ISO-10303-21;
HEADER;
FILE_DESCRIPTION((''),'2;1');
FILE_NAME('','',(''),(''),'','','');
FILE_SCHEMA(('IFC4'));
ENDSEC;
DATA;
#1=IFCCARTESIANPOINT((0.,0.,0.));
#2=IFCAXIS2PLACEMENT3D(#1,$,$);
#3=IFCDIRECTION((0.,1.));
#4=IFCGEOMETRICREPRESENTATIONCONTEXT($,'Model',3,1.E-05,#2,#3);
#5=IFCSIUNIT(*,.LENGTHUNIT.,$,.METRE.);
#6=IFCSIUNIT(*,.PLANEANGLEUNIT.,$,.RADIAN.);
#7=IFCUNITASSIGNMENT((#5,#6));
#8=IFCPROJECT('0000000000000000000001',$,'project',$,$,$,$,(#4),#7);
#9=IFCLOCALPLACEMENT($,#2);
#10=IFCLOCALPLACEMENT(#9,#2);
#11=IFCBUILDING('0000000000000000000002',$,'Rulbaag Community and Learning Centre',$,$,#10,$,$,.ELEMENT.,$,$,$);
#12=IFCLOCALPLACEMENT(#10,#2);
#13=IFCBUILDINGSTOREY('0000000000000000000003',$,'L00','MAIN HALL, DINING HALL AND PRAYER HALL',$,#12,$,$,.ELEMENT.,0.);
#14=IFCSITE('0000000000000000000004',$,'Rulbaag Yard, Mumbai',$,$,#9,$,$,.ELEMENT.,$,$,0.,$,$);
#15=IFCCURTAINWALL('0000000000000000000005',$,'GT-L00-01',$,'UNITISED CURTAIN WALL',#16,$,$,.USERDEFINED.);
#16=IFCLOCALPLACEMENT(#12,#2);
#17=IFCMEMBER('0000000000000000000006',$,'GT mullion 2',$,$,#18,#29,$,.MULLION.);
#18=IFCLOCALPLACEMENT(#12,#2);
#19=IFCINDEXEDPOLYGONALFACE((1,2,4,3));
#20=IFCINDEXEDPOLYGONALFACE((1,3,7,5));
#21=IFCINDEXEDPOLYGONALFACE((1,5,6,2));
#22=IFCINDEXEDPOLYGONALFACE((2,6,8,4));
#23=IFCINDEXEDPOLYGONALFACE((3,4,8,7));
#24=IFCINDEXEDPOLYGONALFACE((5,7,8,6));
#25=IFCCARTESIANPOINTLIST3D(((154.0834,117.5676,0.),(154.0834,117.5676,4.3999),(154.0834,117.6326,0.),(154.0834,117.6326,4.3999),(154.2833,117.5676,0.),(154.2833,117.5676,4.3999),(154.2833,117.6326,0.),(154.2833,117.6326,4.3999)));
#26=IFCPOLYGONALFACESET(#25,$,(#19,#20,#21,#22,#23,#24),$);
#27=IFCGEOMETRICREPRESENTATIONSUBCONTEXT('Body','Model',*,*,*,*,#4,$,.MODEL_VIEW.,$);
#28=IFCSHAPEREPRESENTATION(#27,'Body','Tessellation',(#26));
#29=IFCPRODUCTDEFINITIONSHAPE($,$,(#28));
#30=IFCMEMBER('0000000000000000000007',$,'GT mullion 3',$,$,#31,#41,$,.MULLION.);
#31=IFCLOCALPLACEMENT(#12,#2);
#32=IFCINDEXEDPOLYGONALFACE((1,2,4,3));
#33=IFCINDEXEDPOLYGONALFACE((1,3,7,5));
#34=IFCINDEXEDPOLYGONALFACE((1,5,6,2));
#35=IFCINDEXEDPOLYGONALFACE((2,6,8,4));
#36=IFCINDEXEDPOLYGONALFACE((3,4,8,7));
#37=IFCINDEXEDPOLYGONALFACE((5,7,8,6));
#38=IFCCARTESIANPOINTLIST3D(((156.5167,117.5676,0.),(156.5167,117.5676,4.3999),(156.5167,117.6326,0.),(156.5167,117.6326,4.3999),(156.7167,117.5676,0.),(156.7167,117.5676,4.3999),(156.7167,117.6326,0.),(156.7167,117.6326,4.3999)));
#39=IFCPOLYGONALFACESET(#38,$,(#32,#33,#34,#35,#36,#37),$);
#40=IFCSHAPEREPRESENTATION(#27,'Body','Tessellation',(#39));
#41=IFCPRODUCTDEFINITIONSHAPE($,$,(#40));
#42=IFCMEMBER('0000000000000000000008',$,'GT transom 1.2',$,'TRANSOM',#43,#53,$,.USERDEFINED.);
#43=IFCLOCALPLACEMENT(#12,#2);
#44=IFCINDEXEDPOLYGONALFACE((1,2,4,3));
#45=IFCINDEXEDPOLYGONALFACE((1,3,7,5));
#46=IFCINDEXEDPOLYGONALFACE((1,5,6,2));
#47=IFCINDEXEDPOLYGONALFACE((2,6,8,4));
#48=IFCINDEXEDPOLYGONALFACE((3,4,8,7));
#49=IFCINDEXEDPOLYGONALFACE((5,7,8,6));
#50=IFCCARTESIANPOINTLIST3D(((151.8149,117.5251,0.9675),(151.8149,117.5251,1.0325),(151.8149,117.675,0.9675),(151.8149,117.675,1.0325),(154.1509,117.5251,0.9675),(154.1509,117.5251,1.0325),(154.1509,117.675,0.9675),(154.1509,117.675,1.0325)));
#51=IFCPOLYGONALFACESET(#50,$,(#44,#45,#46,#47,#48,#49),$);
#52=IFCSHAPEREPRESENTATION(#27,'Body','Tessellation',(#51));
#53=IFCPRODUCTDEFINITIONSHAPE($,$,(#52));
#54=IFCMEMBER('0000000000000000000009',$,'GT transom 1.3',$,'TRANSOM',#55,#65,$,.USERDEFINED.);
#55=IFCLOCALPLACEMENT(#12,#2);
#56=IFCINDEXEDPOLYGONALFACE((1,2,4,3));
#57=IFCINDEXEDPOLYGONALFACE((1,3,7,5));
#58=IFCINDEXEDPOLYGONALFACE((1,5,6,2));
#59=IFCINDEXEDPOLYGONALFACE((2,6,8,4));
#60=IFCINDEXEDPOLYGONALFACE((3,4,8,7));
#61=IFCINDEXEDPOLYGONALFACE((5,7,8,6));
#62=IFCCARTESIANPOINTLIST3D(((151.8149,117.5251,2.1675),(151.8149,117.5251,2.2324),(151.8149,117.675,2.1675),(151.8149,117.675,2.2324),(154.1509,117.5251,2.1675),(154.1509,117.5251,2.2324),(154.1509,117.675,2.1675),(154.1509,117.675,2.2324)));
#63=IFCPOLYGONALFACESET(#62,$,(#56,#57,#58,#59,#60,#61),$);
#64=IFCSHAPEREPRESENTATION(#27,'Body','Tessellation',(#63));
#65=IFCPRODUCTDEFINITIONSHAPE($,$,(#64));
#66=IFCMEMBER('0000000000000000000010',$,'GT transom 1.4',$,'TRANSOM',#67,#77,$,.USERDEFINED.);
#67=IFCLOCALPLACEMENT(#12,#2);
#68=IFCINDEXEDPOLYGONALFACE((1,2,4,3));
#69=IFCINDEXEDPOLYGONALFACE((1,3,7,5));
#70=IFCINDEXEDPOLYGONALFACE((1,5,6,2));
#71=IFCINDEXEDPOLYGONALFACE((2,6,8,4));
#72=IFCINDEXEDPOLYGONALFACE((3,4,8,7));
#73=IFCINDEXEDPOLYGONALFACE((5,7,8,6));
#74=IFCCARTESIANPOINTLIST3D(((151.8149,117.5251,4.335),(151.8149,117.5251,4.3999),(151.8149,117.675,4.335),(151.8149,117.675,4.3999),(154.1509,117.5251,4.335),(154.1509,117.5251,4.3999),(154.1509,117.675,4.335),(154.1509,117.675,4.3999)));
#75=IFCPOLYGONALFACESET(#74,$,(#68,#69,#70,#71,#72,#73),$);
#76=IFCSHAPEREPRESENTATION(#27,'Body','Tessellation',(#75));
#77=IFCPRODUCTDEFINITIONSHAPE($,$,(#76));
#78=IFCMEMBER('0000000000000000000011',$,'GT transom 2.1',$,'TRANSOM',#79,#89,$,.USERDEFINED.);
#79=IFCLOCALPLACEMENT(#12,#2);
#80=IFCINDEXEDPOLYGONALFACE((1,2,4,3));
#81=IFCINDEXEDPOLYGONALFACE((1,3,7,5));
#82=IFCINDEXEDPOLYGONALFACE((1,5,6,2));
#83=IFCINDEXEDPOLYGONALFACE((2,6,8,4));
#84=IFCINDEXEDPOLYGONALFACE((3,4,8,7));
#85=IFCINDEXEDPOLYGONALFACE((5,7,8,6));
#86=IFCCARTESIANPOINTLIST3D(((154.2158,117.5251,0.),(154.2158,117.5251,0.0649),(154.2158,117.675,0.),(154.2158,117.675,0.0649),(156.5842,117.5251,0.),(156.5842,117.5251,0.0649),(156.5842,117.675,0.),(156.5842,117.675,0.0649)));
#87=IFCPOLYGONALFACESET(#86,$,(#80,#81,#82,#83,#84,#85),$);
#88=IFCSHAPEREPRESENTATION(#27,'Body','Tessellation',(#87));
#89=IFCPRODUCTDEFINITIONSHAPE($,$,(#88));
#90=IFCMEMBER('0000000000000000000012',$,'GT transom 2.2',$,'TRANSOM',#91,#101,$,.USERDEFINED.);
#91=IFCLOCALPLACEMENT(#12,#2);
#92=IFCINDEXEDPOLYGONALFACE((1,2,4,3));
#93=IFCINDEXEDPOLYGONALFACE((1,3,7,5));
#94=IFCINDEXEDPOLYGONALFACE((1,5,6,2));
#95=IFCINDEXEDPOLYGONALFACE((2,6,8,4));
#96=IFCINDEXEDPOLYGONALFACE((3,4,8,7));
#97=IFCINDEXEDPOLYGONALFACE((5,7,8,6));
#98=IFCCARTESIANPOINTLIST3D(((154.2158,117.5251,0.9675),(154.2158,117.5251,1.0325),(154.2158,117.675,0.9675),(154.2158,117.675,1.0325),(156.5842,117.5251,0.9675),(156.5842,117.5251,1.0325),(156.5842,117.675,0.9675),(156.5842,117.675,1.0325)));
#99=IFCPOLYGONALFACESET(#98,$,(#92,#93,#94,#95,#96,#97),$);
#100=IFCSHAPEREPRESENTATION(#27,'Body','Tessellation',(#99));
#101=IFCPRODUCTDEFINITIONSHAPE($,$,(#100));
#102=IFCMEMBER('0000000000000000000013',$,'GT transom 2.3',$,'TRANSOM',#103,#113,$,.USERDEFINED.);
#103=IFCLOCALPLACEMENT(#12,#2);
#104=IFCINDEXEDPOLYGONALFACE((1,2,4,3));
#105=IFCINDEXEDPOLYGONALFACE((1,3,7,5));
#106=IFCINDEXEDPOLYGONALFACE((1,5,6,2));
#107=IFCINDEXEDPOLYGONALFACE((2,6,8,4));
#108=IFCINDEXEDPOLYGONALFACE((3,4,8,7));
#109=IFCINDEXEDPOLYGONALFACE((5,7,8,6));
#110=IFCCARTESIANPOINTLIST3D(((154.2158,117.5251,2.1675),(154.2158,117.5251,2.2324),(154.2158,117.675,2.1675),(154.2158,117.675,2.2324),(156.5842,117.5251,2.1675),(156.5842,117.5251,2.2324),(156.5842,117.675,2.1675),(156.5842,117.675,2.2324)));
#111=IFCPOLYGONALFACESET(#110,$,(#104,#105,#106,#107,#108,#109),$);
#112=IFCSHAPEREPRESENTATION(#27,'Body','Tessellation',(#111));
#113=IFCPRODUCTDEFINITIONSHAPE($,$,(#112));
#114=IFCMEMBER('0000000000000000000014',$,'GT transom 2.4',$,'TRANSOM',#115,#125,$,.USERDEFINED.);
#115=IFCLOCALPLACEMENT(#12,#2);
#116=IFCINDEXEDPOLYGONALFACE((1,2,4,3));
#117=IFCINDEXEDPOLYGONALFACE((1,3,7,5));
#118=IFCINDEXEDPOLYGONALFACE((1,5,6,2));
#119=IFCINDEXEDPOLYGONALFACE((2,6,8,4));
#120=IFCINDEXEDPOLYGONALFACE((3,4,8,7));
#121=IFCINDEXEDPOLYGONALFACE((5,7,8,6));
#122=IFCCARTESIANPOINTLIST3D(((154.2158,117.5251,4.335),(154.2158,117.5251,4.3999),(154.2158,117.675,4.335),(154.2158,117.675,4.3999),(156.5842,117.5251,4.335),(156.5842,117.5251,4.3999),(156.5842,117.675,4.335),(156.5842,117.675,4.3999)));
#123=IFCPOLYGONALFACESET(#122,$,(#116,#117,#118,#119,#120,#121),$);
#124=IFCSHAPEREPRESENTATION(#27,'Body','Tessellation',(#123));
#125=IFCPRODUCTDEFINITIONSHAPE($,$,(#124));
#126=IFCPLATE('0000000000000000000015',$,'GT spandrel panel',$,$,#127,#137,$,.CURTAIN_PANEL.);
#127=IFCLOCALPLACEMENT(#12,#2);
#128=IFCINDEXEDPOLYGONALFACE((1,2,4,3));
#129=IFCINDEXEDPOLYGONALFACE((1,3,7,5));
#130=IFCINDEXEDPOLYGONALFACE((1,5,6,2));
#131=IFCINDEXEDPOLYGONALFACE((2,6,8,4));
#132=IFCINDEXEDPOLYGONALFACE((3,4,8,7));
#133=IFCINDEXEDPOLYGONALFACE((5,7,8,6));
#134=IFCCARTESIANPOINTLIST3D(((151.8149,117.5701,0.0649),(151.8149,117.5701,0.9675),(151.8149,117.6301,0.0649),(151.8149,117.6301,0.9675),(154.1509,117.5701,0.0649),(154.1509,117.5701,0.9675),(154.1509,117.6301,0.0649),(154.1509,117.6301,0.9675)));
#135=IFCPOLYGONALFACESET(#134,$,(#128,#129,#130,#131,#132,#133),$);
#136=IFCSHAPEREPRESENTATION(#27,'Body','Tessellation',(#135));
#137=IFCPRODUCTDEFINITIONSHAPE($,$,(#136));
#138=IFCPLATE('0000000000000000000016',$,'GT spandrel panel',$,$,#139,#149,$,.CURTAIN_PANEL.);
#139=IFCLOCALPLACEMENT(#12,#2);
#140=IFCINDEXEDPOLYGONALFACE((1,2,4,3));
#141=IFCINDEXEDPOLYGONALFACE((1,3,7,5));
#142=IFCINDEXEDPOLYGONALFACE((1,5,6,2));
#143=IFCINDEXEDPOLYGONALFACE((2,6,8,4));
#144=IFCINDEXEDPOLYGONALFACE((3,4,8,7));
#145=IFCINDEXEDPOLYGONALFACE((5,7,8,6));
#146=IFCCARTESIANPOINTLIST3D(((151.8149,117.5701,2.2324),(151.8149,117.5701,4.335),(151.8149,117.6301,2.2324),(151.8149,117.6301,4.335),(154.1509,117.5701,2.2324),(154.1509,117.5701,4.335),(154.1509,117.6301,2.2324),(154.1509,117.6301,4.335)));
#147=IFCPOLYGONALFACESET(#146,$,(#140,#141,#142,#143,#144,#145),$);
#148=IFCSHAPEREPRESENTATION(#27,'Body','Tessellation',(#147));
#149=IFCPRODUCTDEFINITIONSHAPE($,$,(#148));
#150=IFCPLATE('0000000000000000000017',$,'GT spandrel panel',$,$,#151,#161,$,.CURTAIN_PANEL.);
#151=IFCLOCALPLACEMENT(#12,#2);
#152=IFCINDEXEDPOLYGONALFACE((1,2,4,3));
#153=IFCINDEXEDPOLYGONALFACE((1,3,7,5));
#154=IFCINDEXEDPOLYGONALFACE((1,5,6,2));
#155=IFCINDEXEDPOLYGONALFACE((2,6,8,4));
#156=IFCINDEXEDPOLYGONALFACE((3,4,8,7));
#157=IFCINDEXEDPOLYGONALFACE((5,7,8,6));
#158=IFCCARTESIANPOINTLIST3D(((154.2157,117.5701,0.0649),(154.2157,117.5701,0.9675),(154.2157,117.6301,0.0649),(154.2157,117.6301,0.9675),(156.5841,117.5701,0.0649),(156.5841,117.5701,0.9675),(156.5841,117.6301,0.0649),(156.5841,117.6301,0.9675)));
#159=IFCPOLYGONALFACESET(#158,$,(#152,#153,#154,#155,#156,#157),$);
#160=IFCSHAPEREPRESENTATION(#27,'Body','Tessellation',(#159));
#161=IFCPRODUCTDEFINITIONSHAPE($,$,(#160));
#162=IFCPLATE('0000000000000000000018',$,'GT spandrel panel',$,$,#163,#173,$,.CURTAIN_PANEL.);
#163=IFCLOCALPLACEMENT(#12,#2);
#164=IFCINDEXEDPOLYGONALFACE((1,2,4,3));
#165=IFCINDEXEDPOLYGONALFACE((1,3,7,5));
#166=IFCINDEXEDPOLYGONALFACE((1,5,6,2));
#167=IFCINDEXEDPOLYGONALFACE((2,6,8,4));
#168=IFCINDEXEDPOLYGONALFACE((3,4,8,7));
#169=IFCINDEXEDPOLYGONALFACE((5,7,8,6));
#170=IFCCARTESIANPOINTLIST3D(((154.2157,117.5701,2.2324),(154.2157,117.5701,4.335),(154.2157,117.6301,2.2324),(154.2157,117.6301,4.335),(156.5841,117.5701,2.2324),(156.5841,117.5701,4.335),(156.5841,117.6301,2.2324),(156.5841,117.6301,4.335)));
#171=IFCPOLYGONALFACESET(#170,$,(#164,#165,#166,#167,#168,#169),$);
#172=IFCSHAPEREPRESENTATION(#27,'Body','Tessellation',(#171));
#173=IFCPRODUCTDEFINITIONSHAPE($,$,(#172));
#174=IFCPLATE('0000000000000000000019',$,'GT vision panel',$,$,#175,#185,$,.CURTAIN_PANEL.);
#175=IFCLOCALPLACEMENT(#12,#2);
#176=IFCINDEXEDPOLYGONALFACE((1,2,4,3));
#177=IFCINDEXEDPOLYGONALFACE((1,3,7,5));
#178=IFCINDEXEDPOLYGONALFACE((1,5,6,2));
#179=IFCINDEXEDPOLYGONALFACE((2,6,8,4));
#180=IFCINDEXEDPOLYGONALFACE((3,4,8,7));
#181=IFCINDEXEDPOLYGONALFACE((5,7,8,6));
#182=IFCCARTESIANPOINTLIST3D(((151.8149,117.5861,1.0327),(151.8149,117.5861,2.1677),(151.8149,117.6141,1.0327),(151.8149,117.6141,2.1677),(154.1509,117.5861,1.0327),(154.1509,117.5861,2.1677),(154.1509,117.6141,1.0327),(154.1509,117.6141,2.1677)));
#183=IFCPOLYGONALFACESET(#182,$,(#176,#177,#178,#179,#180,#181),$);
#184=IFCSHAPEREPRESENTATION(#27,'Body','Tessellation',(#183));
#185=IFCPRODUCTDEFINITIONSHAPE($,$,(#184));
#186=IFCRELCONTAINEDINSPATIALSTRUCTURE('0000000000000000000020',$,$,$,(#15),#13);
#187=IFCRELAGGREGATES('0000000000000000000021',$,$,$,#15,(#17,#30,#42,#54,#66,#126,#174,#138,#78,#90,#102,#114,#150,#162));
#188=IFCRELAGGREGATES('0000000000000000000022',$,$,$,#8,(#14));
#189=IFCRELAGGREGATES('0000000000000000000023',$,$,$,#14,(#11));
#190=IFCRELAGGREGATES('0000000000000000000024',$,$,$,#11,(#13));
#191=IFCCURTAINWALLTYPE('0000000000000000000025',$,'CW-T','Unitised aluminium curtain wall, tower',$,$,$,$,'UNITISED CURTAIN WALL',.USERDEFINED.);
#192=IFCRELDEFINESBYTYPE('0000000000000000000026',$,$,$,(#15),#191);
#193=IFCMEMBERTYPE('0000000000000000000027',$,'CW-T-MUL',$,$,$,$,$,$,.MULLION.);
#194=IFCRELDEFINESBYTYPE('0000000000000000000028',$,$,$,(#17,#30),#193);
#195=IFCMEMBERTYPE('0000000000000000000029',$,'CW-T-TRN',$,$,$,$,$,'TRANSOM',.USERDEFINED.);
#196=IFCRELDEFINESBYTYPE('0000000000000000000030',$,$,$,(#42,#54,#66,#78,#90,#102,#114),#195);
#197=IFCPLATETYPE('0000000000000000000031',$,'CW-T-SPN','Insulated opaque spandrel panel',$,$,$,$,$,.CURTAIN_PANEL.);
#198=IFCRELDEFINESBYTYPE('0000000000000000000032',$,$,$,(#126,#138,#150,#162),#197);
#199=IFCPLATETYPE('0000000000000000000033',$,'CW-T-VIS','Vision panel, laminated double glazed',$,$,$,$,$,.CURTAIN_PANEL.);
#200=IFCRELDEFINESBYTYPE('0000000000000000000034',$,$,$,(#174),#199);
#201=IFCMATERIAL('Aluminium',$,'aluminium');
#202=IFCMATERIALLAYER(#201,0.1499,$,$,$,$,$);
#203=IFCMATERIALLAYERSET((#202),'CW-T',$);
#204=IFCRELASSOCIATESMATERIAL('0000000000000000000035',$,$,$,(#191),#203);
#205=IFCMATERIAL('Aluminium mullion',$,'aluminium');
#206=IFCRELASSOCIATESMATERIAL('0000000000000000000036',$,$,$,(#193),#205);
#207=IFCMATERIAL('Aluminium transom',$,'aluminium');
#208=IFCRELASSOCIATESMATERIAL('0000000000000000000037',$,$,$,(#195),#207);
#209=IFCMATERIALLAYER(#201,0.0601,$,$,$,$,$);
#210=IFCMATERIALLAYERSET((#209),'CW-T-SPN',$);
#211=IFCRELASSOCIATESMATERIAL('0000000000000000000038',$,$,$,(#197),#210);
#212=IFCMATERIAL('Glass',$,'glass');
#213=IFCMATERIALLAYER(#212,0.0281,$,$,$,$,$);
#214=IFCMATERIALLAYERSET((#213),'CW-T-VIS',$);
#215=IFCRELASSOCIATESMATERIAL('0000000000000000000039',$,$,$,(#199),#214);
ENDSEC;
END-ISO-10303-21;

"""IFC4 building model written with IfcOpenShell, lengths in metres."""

from ifc_helpers import new_model, si_unit, direction, frame, origin, origin_2d, place, context, subcontext, project, spatial, rectangle, extrude, material, layer, layer_set, material_profile, profile_set, type_object, element, aggregate, save


model = new_model("IFC4")

# Units and contexts
model_context = context("Model", 3, precision=1e-05, world=origin(), true_north=direction((0.0, 1.0)))
body_context = subcontext(model_context, "Body", "Model", "MODEL_VIEW")
ifc_project = project(units=[si_unit("LENGTHUNIT", "METRE"), si_unit("PLANEANGLEUNIT", "RADIAN")], contexts=[model_context])

# Site, building, storey
site_placement = place(None, origin())
site = spatial("IfcSite", under=ifc_project, at=site_placement, Name="Rulbaag Yard, Mumbai", CompositionType="ELEMENT", RefElevation=0.0)
building_placement = place(site_placement, origin())
building = spatial("IfcBuilding", under=site, at=building_placement, Name="Rulbaag Community and Learning Centre", CompositionType="ELEMENT")
storey_placement = place(building_placement, origin())
storey = spatial("IfcBuildingStorey", under=building, at=storey_placement, Name="L00", Description="MAIN HALL, DINING HALL AND PRAYER HALL", CompositionType="ELEMENT", Elevation=0.0)

# Curtain wall, members, plates
ifc_material_1 = material(Name="Aluminium", Category="aluminium")
ifc_layer_1 = layer(ifc_material_1, 0.1499)
ifc_layer_set_1 = layer_set([ifc_layer_1], Name="CW-T")
curtain_wall_type = type_object("IfcCurtainWallType", Name="CW-T", Description="Unitised aluminium curtain wall, tower", ElementType="UNITISED CURTAIN WALL", PredefinedType="USERDEFINED", material=ifc_layer_set_1)
curtain_wall_placement = place(storey_placement, origin())
curtain_wall = element("IfcCurtainWall", 1, at=curtain_wall_placement, inside=storey, type_object=curtain_wall_type, Name="GT-L00-01", ObjectType="UNITISED CURTAIN WALL", PredefinedType="USERDEFINED")
ifc_material_2 = material(Name="Aluminium mullion", Category="aluminium")
ifc_material_profile_1 = material_profile(ifc_material_2, rectangle(XDim=0.0649, YDim=0.2, at=origin_2d()), Name="AL 65x200")
ifc_profile_set_1 = profile_set([ifc_material_profile_1], Name="Aluminium mullion")
member_type_1 = type_object("IfcMemberType", Name="CW-T-MUL", PredefinedType="MULLION", material=ifc_profile_set_1)
member_1_placement = place(storey_placement, frame((154.1833, 117.6001, 0.0), z_axis=(0.0, 0.0, 1.0), x_axis=(0.0, 1.0, 0.0)))
member_1 = element("IfcMember", 2, at=member_1_placement, type_object=member_type_1, Name="GT mullion 2", PredefinedType="MULLION", context=body_context, shape_type="SweptSolid", body=[
    extrude(rectangle(XDim=0.0649, YDim=0.2, at=origin_2d()), origin(), (0.0, 0.0, 1.0), 4.3999),
])
member_2_placement = place(storey_placement, frame((156.6167, 117.6001, 0.0), z_axis=(0.0, 0.0, 1.0), x_axis=(0.0, 1.0, 0.0)))
member_2 = element("IfcMember", 3, at=member_2_placement, type_object=member_type_1, Name="GT mullion 3", PredefinedType="MULLION", context=body_context, shape_type="SweptSolid", body=[
    extrude(rectangle(XDim=0.0649, YDim=0.2, at=origin_2d()), origin(), (0.0, 0.0, 1.0), 4.3999),
])
ifc_material_3 = material(Name="Aluminium transom", Category="aluminium")
ifc_material_profile_2 = material_profile(ifc_material_3, rectangle(XDim=0.1499, YDim=0.0649, at=origin_2d()), Name="AL 65x150 T")
ifc_profile_set_2 = profile_set([ifc_material_profile_2], Name="Aluminium transom")
member_type_2 = type_object("IfcMemberType", Name="CW-T-TRN", ElementType="TRANSOM", PredefinedType="USERDEFINED", material=ifc_profile_set_2)
member_3_placement = place(storey_placement, frame((151.8149, 117.6001, 1.0), z_axis=(1.0, 0.0, 0.0), x_axis=(0.0, 1.0, 0.0)))
member_3 = element("IfcMember", 4, at=member_3_placement, type_object=member_type_2, Name="GT transom 1.2", ObjectType="TRANSOM", PredefinedType="USERDEFINED", context=body_context, shape_type="SweptSolid", body=[
    extrude(rectangle(XDim=0.1499, YDim=0.0649, at=origin_2d()), origin(), (0.0, 0.0, 1.0), 2.3359),
])
member_4_placement = place(storey_placement, frame((151.8149, 117.6001, 2.2), z_axis=(1.0, 0.0, 0.0), x_axis=(0.0, 1.0, 0.0)))
member_4 = element("IfcMember", 5, at=member_4_placement, type_object=member_type_2, Name="GT transom 1.3", ObjectType="TRANSOM", PredefinedType="USERDEFINED", context=body_context, shape_type="SweptSolid", body=[
    extrude(rectangle(XDim=0.1499, YDim=0.0649, at=origin_2d()), origin(), (0.0, 0.0, 1.0), 2.3359),
])
member_5_placement = place(storey_placement, frame((151.8149, 117.6001, 4.3674), z_axis=(1.0, 0.0, 0.0), x_axis=(0.0, 1.0, 0.0)))
member_5 = element("IfcMember", 6, at=member_5_placement, type_object=member_type_2, Name="GT transom 1.4", ObjectType="TRANSOM", PredefinedType="USERDEFINED", context=body_context, shape_type="SweptSolid", body=[
    extrude(rectangle(XDim=0.1499, YDim=0.0649, at=origin_2d()), origin(), (0.0, 0.0, 1.0), 2.3359),
])
member_6_placement = place(storey_placement, frame((154.2158, 117.6001, 0.0325), z_axis=(1.0, 0.0, 0.0), x_axis=(0.0, 1.0, 0.0)))
member_6 = element("IfcMember", 7, at=member_6_placement, type_object=member_type_2, Name="GT transom 2.1", ObjectType="TRANSOM", PredefinedType="USERDEFINED", context=body_context, shape_type="SweptSolid", body=[
    extrude(rectangle(XDim=0.1499, YDim=0.0649, at=origin_2d()), origin(), (0.0, 0.0, 1.0), 2.3684),
])
member_7_placement = place(storey_placement, frame((154.2158, 117.6001, 1.0), z_axis=(1.0, 0.0, 0.0), x_axis=(0.0, 1.0, 0.0)))
member_7 = element("IfcMember", 8, at=member_7_placement, type_object=member_type_2, Name="GT transom 2.2", ObjectType="TRANSOM", PredefinedType="USERDEFINED", context=body_context, shape_type="SweptSolid", body=[
    extrude(rectangle(XDim=0.1499, YDim=0.0649, at=origin_2d()), origin(), (0.0, 0.0, 1.0), 2.3684),
])
member_8_placement = place(storey_placement, frame((154.2158, 117.6001, 2.2), z_axis=(1.0, 0.0, 0.0), x_axis=(0.0, 1.0, 0.0)))
member_8 = element("IfcMember", 9, at=member_8_placement, type_object=member_type_2, Name="GT transom 2.3", ObjectType="TRANSOM", PredefinedType="USERDEFINED", context=body_context, shape_type="SweptSolid", body=[
    extrude(rectangle(XDim=0.1499, YDim=0.0649, at=origin_2d()), origin(), (0.0, 0.0, 1.0), 2.3684),
])
member_9_placement = place(storey_placement, frame((154.2158, 117.6001, 4.3674), z_axis=(1.0, 0.0, 0.0), x_axis=(0.0, 1.0, 0.0)))
member_9 = element("IfcMember", 10, at=member_9_placement, type_object=member_type_2, Name="GT transom 2.4", ObjectType="TRANSOM", PredefinedType="USERDEFINED", context=body_context, shape_type="SweptSolid", body=[
    extrude(rectangle(XDim=0.1499, YDim=0.0649, at=origin_2d()), origin(), (0.0, 0.0, 1.0), 2.3684),
])
ifc_layer_2 = layer(ifc_material_1, 0.0601)
ifc_layer_set_2 = layer_set([ifc_layer_2], Name="CW-T-SPN")
plate_type_1 = type_object("IfcPlateType", Name="CW-T-SPN", Description="Insulated opaque spandrel panel", PredefinedType="CURTAIN_PANEL", material=ifc_layer_set_2)
plate_1_placement = place(storey_placement, frame((152.9829, 117.6001, 0.0649), z_axis=(0.0, 0.0, 1.0), x_axis=(1.0, 0.0, 0.0)))
plate_1 = element("IfcPlate", 11, at=plate_1_placement, type_object=plate_type_1, Name="GT spandrel panel", PredefinedType="CURTAIN_PANEL", context=body_context, shape_type="SweptSolid", body=[
    extrude(rectangle(XDim=2.3359, YDim=0.0601, at=origin_2d()), origin(), (0.0, 0.0, 1.0), 0.9026),
])
plate_2_placement = place(storey_placement, frame((152.9829, 117.6001, 2.2324), z_axis=(0.0, 0.0, 1.0), x_axis=(1.0, 0.0, 0.0)))
plate_2 = element("IfcPlate", 12, at=plate_2_placement, type_object=plate_type_1, Name="GT spandrel panel", PredefinedType="CURTAIN_PANEL", context=body_context, shape_type="SweptSolid", body=[
    extrude(rectangle(XDim=2.3359, YDim=0.0601, at=origin_2d()), origin(), (0.0, 0.0, 1.0), 2.1025),
])
plate_3_placement = place(storey_placement, frame((155.3999, 117.6001, 0.0649), z_axis=(0.0, 0.0, 1.0), x_axis=(1.0, 0.0, 0.0)))
plate_3 = element("IfcPlate", 13, at=plate_3_placement, type_object=plate_type_1, Name="GT spandrel panel", PredefinedType="CURTAIN_PANEL", context=body_context, shape_type="SweptSolid", body=[
    extrude(rectangle(XDim=2.3684, YDim=0.0601, at=origin_2d()), origin(), (0.0, 0.0, 1.0), 0.9026),
])
plate_4_placement = place(storey_placement, frame((155.3999, 117.6001, 2.2324), z_axis=(0.0, 0.0, 1.0), x_axis=(1.0, 0.0, 0.0)))
plate_4 = element("IfcPlate", 14, at=plate_4_placement, type_object=plate_type_1, Name="GT spandrel panel", PredefinedType="CURTAIN_PANEL", context=body_context, shape_type="SweptSolid", body=[
    extrude(rectangle(XDim=2.3684, YDim=0.0601, at=origin_2d()), origin(), (0.0, 0.0, 1.0), 2.1025),
])
ifc_material_4 = material(Name="Glass", Category="glass")
ifc_layer_3 = layer(ifc_material_4, 0.0281)
ifc_layer_set_3 = layer_set([ifc_layer_3], Name="CW-T-VIS")
plate_type_2 = type_object("IfcPlateType", Name="CW-T-VIS", Description="Vision panel, laminated double glazed", PredefinedType="CURTAIN_PANEL", material=ifc_layer_set_3)
plate_5_placement = place(storey_placement, frame((152.9829, 117.6001, 1.0327), z_axis=(0.0, 0.0, 1.0), x_axis=(1.0, 0.0, 0.0)))
plate_5 = element("IfcPlate", 15, at=plate_5_placement, type_object=plate_type_2, Name="GT vision panel", PredefinedType="CURTAIN_PANEL", context=body_context, shape_type="SweptSolid", body=[
    extrude(rectangle(XDim=2.3359, YDim=0.0281, at=origin_2d()), origin(), (0.0, 0.0, 1.0), 1.135),
])
aggregate(curtain_wall, [member_1, member_2, member_3, member_4, member_5, plate_1, plate_5, plate_2, member_6, member_7, member_8, member_9, plate_3, plate_4])

save(model, "model.ifc")
